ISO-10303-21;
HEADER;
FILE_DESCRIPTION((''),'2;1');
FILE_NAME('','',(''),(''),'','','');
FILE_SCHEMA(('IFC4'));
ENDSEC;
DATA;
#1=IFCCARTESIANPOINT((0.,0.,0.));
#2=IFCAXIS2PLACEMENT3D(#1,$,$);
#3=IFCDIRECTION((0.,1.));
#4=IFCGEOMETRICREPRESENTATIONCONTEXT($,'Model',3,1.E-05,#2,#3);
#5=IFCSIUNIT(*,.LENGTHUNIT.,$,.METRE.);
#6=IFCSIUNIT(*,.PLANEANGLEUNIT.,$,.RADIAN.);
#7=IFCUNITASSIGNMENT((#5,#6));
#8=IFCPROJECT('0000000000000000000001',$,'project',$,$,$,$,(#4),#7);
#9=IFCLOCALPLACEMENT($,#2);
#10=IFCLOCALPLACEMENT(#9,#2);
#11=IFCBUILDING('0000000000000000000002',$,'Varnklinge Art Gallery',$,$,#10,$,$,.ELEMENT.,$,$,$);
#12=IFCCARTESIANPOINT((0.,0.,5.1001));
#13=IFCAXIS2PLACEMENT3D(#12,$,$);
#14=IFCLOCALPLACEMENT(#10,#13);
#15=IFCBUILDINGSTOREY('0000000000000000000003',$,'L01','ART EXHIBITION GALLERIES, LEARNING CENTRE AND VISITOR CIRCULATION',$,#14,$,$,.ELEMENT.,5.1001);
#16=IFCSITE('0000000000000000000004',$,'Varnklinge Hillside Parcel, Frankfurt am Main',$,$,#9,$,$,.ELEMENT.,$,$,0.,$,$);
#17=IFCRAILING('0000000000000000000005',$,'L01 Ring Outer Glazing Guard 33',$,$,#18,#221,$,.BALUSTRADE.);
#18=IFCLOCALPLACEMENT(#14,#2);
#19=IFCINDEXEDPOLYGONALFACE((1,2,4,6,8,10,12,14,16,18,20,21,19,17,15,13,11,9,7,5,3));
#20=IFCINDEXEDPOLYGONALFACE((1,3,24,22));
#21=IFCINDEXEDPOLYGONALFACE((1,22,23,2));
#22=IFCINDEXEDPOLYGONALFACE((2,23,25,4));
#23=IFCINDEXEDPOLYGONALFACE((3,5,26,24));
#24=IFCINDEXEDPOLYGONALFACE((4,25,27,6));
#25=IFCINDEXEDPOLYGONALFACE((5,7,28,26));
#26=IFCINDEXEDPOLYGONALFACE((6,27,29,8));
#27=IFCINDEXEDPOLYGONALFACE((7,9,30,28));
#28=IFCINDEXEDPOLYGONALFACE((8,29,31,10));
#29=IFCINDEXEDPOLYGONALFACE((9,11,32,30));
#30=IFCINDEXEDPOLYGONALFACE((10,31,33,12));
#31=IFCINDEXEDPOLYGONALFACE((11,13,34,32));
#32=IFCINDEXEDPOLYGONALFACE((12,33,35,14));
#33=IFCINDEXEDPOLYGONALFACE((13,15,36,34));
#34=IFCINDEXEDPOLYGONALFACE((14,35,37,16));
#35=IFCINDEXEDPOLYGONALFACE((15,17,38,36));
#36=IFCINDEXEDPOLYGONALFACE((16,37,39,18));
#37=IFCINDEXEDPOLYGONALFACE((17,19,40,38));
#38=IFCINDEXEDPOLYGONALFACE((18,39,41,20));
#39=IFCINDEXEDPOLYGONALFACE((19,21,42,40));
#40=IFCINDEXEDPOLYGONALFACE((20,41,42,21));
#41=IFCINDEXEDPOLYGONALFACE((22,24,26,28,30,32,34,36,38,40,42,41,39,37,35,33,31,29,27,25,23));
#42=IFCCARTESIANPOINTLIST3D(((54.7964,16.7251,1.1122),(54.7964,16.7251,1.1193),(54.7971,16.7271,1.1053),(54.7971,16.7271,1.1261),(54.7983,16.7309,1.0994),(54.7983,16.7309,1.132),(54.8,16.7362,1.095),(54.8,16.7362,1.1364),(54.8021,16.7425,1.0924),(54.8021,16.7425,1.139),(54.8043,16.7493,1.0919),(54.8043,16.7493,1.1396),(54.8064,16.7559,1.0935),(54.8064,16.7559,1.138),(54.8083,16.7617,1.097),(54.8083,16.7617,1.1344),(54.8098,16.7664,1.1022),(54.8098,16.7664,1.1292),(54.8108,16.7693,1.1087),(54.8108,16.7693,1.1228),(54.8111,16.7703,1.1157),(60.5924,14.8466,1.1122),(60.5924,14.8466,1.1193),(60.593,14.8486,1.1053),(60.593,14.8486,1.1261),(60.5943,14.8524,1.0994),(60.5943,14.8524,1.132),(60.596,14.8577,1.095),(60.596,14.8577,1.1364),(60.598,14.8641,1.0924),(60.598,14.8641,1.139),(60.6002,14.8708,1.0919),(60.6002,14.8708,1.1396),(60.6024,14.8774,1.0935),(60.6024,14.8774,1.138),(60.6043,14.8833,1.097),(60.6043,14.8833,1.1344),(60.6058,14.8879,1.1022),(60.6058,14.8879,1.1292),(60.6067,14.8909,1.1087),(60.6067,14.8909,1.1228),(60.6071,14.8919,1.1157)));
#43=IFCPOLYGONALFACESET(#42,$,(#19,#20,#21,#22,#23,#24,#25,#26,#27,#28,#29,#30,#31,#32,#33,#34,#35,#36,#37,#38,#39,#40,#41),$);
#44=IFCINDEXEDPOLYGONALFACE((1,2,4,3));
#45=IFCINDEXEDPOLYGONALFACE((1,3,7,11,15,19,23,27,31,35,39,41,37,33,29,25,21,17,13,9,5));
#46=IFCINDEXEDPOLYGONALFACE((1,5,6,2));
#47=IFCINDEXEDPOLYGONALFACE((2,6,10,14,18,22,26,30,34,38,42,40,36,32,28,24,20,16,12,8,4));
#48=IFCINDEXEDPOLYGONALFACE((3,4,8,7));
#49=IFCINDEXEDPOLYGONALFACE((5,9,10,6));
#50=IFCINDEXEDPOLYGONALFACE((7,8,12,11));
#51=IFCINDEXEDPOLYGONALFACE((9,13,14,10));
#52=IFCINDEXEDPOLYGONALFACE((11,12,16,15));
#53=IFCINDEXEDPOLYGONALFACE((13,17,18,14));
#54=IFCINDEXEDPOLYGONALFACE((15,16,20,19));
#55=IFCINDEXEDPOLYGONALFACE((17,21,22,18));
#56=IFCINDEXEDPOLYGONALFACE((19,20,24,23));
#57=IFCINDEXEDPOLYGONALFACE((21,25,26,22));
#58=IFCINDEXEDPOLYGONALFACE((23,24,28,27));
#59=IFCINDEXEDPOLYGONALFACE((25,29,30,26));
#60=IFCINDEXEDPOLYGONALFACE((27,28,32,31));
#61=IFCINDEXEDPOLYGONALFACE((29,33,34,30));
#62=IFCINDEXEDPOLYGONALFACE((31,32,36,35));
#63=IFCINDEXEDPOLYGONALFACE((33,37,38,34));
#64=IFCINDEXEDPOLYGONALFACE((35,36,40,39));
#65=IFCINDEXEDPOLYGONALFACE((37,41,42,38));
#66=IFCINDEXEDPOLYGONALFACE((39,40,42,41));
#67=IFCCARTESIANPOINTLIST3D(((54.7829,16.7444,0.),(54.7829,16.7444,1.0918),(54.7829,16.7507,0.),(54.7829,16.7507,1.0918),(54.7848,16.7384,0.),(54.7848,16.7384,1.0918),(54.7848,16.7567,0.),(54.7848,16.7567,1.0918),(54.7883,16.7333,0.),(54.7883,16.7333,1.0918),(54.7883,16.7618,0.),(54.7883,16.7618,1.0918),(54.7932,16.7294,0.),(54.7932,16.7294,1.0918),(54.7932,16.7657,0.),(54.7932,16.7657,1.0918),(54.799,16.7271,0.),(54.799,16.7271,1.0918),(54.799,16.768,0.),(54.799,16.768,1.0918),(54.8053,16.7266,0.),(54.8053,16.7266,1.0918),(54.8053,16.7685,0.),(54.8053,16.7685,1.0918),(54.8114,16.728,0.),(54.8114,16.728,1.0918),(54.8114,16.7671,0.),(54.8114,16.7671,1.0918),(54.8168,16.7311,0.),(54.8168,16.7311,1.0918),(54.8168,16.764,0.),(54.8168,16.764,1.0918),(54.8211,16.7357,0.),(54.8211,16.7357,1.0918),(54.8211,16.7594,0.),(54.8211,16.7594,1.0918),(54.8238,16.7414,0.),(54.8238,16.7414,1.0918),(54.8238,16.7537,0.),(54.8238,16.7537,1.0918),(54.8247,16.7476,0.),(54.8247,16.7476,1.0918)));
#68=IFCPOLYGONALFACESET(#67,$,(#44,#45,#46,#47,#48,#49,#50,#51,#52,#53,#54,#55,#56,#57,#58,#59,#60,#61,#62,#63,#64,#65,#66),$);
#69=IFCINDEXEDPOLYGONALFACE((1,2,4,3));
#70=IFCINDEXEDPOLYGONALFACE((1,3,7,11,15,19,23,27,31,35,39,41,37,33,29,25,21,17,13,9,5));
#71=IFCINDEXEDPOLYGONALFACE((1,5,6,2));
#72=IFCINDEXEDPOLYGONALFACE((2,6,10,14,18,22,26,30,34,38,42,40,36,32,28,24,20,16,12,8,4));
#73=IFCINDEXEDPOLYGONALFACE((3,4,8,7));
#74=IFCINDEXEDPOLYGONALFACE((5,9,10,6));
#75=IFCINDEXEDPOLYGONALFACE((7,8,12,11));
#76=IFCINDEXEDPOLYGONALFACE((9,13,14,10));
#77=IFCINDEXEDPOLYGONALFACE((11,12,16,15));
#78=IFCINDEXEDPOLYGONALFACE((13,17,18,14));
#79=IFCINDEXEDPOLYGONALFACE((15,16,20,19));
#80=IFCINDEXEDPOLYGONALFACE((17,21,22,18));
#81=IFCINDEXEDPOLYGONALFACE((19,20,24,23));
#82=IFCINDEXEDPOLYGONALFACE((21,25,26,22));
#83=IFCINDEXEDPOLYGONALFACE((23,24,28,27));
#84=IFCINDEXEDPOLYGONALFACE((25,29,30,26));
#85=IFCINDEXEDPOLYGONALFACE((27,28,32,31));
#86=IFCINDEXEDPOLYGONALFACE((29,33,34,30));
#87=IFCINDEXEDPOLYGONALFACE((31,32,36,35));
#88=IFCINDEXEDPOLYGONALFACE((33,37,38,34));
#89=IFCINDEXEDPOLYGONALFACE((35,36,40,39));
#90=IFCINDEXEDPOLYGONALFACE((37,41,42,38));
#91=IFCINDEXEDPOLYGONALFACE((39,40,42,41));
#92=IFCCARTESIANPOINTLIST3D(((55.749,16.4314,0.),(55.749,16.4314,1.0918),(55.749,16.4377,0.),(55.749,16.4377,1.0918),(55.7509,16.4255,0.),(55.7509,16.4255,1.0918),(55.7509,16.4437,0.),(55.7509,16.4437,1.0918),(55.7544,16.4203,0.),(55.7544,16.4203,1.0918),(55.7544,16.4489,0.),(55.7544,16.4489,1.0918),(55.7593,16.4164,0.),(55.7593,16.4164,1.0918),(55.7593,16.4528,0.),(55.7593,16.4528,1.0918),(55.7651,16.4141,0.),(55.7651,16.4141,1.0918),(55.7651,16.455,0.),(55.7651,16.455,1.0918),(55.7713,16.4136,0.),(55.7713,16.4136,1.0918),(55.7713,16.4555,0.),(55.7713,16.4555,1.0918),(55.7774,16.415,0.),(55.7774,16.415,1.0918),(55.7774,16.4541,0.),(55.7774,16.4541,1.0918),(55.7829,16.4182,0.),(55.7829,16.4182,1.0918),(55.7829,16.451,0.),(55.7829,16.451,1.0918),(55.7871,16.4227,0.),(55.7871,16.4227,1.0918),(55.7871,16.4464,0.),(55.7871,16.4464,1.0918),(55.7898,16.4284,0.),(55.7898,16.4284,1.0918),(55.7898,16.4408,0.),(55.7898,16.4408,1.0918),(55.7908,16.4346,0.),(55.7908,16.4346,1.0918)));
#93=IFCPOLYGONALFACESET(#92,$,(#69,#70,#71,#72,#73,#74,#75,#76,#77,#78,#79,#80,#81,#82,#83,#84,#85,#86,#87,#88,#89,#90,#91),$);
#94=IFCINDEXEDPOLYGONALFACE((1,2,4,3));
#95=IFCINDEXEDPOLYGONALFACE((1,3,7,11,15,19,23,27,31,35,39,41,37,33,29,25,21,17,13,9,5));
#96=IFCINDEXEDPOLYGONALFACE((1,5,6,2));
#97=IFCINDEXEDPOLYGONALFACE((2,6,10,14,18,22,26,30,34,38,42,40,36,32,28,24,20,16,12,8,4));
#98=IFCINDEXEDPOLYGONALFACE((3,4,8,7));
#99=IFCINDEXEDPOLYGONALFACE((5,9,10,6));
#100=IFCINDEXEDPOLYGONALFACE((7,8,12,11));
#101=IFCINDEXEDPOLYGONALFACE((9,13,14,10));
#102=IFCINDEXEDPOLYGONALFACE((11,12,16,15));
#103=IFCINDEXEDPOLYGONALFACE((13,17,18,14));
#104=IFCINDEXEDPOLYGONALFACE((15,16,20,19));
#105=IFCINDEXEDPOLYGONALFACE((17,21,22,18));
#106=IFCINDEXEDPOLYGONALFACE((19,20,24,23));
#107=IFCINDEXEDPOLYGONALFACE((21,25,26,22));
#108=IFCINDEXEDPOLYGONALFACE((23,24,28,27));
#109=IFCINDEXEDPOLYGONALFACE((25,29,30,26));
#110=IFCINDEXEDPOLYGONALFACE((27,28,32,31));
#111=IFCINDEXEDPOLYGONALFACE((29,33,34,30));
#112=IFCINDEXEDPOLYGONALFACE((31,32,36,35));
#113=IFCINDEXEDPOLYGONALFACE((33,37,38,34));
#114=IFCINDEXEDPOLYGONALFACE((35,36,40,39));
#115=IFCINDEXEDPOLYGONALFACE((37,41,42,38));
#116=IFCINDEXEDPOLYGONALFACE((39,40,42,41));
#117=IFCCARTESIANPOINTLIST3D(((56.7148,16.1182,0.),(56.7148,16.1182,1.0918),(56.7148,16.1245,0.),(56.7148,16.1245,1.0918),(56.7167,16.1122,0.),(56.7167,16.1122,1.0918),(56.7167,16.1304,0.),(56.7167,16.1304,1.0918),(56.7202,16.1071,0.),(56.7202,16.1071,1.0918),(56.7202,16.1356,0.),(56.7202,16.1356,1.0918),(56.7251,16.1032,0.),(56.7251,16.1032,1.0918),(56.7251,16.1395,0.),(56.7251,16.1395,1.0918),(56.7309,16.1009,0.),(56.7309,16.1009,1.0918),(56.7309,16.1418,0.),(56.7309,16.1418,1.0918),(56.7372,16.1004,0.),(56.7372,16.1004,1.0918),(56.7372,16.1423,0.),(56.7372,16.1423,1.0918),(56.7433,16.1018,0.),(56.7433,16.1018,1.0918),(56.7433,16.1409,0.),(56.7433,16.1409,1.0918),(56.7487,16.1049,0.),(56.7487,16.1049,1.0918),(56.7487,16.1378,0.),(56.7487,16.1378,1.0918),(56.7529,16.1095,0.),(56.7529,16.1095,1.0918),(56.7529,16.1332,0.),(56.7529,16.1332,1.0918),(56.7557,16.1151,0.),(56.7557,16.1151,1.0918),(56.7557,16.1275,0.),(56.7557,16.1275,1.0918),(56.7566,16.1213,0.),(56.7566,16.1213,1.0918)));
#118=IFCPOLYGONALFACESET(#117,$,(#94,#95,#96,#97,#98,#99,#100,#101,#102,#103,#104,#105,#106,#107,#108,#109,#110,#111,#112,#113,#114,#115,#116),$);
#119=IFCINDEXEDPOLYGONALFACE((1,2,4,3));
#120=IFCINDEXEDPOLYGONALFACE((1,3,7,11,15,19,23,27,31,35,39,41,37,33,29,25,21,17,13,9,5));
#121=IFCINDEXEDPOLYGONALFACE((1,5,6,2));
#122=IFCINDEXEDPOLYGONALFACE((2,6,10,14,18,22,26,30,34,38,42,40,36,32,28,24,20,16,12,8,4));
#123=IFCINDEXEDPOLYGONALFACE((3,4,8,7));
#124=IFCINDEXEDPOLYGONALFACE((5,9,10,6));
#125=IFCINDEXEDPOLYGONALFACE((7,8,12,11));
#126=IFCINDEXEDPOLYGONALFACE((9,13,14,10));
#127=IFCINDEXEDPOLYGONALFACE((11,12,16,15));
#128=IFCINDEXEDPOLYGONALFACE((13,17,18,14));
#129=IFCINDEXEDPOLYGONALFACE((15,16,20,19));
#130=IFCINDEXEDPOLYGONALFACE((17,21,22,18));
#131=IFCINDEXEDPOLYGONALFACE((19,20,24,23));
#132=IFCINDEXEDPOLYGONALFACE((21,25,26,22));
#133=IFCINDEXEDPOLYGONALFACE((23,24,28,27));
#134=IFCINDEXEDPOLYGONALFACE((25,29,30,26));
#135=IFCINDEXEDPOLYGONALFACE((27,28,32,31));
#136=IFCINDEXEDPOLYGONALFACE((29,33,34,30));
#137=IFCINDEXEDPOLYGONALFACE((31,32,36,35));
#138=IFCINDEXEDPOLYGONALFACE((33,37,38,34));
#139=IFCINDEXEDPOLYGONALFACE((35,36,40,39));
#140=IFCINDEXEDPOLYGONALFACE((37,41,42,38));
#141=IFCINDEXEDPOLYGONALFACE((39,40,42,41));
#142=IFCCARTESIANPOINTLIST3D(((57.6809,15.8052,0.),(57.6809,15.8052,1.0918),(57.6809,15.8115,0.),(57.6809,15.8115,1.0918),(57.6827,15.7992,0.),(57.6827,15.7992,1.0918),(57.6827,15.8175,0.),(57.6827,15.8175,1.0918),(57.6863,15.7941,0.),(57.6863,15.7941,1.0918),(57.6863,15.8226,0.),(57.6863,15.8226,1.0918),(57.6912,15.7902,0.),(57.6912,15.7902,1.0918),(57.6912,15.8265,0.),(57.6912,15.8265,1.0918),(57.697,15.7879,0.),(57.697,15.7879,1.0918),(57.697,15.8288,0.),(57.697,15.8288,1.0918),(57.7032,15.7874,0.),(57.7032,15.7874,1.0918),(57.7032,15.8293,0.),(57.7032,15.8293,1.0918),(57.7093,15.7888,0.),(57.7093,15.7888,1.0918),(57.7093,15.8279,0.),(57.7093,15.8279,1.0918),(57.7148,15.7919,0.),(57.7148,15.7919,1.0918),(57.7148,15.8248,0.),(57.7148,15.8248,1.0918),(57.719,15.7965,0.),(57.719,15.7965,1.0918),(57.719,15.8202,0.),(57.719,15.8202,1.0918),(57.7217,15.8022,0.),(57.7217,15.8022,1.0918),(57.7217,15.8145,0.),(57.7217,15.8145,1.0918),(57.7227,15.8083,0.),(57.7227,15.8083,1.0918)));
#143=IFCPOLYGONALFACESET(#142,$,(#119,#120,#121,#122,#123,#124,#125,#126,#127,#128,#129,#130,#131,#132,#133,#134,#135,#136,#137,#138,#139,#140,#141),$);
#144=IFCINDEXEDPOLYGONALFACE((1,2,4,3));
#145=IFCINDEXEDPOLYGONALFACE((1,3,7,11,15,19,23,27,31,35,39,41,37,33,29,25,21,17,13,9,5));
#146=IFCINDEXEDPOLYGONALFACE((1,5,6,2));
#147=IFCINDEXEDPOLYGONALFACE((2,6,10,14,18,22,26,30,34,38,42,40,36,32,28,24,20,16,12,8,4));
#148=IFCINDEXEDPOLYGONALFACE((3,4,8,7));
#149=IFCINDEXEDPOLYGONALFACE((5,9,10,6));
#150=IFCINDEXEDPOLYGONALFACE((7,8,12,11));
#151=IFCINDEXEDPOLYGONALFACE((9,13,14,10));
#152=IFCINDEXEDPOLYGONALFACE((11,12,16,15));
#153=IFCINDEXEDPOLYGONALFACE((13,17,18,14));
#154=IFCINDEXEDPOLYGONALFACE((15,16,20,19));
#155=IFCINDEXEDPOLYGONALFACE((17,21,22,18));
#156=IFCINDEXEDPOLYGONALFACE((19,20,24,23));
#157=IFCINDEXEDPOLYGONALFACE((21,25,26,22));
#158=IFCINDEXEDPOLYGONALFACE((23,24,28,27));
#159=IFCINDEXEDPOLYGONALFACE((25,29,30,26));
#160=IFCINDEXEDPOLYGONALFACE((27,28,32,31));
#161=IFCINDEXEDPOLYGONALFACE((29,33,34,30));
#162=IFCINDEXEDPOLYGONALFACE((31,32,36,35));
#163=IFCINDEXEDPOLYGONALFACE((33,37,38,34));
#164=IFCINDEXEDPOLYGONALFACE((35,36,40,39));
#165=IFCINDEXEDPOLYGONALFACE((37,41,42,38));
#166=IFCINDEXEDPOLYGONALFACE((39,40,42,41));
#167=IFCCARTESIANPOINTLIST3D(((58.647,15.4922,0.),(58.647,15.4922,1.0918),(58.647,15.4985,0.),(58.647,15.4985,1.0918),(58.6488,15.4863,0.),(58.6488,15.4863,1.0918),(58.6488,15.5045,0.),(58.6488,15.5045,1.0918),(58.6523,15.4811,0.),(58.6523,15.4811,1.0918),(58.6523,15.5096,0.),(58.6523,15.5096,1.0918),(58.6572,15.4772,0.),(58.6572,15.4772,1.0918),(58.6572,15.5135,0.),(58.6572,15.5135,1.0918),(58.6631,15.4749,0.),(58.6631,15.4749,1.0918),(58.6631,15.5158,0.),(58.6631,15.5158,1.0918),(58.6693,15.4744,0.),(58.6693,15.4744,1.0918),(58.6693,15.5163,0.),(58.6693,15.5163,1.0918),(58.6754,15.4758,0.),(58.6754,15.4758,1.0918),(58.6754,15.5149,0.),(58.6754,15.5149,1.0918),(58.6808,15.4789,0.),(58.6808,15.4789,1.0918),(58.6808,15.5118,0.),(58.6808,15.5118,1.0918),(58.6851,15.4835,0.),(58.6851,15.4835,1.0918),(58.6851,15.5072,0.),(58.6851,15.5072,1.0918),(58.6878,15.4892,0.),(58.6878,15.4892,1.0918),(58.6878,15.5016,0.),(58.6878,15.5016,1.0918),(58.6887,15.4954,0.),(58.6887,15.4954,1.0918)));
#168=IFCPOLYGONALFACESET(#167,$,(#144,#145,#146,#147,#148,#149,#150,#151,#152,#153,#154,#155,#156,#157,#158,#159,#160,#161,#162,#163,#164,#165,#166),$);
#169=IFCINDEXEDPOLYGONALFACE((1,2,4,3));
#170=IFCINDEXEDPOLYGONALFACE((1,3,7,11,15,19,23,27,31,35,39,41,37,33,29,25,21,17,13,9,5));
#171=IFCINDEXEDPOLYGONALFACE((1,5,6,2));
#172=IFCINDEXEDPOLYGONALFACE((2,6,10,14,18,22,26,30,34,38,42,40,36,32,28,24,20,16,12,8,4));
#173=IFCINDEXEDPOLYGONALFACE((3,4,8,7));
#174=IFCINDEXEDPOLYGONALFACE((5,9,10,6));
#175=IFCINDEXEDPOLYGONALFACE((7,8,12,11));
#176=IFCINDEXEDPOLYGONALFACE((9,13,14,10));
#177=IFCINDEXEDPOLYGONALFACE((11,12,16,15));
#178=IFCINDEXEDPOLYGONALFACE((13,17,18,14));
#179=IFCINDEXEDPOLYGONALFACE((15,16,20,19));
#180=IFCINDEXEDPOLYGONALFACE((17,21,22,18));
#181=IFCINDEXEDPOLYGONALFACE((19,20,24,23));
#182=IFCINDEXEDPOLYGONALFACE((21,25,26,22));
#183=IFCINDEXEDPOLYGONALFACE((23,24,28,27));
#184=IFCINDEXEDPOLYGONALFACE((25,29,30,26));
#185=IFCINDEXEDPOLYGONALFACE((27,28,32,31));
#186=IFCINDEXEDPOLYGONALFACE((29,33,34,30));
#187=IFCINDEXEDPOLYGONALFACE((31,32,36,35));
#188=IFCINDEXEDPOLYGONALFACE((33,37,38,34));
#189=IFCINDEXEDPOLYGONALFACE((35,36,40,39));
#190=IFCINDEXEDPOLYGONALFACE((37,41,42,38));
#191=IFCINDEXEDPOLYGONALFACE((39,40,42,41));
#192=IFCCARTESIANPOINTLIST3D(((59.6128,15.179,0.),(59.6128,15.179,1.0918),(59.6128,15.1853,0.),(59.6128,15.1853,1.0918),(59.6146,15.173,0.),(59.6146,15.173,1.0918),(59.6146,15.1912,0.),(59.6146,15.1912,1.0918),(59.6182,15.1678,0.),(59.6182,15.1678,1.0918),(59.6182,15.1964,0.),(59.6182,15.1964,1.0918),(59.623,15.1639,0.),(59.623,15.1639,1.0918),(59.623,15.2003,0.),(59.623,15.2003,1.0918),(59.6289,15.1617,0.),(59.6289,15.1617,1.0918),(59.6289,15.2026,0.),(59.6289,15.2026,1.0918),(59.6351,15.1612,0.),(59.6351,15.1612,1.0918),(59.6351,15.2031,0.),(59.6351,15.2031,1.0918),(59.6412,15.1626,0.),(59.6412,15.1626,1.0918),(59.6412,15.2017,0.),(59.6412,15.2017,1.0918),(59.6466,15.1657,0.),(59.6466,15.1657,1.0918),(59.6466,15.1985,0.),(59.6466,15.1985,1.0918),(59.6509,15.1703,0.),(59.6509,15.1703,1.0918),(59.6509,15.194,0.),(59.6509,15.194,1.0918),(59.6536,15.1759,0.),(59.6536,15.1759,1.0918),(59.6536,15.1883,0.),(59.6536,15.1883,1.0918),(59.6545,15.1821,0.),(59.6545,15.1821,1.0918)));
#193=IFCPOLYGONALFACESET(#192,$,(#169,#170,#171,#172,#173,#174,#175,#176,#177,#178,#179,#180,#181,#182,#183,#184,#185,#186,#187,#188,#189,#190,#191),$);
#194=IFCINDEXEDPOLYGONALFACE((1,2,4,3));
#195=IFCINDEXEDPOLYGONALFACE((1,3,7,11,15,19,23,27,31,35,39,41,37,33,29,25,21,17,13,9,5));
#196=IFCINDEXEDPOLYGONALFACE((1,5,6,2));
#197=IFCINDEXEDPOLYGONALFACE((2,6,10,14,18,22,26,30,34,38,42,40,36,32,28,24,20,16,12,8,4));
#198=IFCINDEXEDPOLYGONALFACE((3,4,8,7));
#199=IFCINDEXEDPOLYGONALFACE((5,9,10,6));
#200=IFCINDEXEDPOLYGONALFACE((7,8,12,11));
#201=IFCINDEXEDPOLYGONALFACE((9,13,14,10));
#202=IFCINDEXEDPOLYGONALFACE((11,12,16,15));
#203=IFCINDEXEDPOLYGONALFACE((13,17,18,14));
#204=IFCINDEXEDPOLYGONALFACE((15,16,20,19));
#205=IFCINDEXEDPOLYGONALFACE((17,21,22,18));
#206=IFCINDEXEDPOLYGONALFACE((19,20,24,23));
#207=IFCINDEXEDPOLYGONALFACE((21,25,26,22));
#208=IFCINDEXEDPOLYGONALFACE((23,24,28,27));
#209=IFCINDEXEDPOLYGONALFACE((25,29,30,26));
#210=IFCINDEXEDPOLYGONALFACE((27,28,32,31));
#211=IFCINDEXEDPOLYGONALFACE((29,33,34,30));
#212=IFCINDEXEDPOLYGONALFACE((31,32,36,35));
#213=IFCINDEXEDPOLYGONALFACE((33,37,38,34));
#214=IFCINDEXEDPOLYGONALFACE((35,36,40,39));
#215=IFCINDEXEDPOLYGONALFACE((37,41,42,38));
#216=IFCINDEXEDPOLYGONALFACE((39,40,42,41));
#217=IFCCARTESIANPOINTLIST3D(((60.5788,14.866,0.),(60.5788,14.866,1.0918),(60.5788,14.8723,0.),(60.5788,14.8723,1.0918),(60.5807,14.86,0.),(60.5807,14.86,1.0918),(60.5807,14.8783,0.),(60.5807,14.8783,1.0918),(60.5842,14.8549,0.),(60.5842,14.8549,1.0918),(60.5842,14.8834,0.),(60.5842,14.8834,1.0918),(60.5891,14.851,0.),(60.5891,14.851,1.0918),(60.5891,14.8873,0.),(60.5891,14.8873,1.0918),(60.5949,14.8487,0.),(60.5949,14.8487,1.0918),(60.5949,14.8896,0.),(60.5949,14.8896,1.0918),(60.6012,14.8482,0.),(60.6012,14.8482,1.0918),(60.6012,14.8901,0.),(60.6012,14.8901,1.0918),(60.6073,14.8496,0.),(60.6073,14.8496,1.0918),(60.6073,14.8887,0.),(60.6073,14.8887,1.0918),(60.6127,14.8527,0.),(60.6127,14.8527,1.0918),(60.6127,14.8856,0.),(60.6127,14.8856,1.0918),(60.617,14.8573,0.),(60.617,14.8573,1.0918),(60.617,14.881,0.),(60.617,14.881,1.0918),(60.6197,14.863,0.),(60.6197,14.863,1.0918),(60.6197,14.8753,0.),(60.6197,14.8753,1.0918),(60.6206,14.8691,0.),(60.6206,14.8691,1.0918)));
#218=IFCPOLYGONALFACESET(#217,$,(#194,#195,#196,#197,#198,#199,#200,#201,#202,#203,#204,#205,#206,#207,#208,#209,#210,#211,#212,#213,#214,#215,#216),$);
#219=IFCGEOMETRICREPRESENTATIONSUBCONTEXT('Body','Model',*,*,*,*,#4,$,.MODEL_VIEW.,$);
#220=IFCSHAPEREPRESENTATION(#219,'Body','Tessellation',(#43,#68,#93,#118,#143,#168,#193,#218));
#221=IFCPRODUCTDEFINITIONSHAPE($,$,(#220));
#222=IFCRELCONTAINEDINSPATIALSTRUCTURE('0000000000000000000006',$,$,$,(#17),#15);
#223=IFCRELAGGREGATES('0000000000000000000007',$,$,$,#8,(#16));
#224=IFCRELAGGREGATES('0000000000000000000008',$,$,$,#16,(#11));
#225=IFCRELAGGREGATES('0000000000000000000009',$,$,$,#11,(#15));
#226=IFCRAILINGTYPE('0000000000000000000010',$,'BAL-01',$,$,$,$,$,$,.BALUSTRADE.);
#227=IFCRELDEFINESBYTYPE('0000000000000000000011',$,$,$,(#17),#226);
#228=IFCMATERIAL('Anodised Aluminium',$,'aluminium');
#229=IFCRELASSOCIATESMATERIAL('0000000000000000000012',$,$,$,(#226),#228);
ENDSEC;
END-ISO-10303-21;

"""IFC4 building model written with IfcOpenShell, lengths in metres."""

from ifc_helpers import new_model, si_unit, direction, frame, origin, origin_2d, place, context, subcontext, project, spatial, circle, extrude, material, type_object, element, save


model = new_model("IFC4")

# Units and contexts
model_context = context("Model", 3, precision=1e-05, world=origin(), true_north=direction((0.0, 1.0)))
body_context = subcontext(model_context, "Body", "Model", "MODEL_VIEW")
ifc_project = project(units=[si_unit("LENGTHUNIT", "METRE"), si_unit("PLANEANGLEUNIT", "RADIAN")], contexts=[model_context])

# Site, building, storey
site_placement = place(None, origin())
site = spatial("IfcSite", under=ifc_project, at=site_placement, Name="Varnklinge Hillside Parcel, Frankfurt am Main", CompositionType="ELEMENT", RefElevation=0.0)
building_placement = place(site_placement, origin())
building = spatial("IfcBuilding", under=site, at=building_placement, Name="Varnklinge Art Gallery", CompositionType="ELEMENT")
storey_placement = place(building_placement, frame((0.0, 0.0, 5.1001)))
storey = spatial("IfcBuildingStorey", under=building, at=storey_placement, Name="L01", Description="ART EXHIBITION GALLERIES, LEARNING CENTRE AND VISITOR CIRCULATION", CompositionType="ELEMENT", Elevation=5.1001)

# Railing
ifc_material_1 = material(Name="Anodised Aluminium", Category="aluminium")
railing_type = type_object("IfcRailingType", Name="BAL-01", PredefinedType="BALUSTRADE", material=ifc_material_1)
railing_1_placement = place(storey_placement, frame((54.8037, 16.7476, 0.0)))
element("IfcRailing", 1, at=railing_1_placement, inside=storey, type_object=railing_type, Name="L01 Ring Outer Glazing Guard 33", PredefinedType="BALUSTRADE", context=body_context, shape_type="SweptSolid", body=[
    extrude(circle(Radius=0.0239, at=origin_2d()), frame((0.0, 0.0, 1.1157), z_axis=(0.951287, -0.308307, 0.0), x_axis=(0.308307, 0.951287, 0.0)), (0.0, 0.0, 1.0), 6.0928),
    extrude(circle(Radius=0.021, at=origin_2d()), origin(), (0.0, 0.0, 1.0), 1.0918),
    extrude(circle(Radius=0.021, at=origin_2d()), frame((0.9661, -0.313, 0.0)), (0.0, 0.0, 1.0), 1.0918),
    extrude(circle(Radius=0.021, at=origin_2d()), frame((1.9319, -0.6262, 0.0)), (0.0, 0.0, 1.0), 1.0918),
    extrude(circle(Radius=0.021, at=origin_2d()), frame((2.8979, -0.9392, 0.0)), (0.0, 0.0, 1.0), 1.0918),
    extrude(circle(Radius=0.021, at=origin_2d()), frame((3.864, -1.2522, 0.0)), (0.0, 0.0, 1.0), 1.0918),
    extrude(circle(Radius=0.021, at=origin_2d()), frame((4.8298, -1.5654, 0.0)), (0.0, 0.0, 1.0), 1.0918),
    extrude(circle(Radius=0.021, at=origin_2d()), frame((5.7959, -1.8784, 0.0)), (0.0, 0.0, 1.0), 1.0918),
])

save(model, "model.ifc")
